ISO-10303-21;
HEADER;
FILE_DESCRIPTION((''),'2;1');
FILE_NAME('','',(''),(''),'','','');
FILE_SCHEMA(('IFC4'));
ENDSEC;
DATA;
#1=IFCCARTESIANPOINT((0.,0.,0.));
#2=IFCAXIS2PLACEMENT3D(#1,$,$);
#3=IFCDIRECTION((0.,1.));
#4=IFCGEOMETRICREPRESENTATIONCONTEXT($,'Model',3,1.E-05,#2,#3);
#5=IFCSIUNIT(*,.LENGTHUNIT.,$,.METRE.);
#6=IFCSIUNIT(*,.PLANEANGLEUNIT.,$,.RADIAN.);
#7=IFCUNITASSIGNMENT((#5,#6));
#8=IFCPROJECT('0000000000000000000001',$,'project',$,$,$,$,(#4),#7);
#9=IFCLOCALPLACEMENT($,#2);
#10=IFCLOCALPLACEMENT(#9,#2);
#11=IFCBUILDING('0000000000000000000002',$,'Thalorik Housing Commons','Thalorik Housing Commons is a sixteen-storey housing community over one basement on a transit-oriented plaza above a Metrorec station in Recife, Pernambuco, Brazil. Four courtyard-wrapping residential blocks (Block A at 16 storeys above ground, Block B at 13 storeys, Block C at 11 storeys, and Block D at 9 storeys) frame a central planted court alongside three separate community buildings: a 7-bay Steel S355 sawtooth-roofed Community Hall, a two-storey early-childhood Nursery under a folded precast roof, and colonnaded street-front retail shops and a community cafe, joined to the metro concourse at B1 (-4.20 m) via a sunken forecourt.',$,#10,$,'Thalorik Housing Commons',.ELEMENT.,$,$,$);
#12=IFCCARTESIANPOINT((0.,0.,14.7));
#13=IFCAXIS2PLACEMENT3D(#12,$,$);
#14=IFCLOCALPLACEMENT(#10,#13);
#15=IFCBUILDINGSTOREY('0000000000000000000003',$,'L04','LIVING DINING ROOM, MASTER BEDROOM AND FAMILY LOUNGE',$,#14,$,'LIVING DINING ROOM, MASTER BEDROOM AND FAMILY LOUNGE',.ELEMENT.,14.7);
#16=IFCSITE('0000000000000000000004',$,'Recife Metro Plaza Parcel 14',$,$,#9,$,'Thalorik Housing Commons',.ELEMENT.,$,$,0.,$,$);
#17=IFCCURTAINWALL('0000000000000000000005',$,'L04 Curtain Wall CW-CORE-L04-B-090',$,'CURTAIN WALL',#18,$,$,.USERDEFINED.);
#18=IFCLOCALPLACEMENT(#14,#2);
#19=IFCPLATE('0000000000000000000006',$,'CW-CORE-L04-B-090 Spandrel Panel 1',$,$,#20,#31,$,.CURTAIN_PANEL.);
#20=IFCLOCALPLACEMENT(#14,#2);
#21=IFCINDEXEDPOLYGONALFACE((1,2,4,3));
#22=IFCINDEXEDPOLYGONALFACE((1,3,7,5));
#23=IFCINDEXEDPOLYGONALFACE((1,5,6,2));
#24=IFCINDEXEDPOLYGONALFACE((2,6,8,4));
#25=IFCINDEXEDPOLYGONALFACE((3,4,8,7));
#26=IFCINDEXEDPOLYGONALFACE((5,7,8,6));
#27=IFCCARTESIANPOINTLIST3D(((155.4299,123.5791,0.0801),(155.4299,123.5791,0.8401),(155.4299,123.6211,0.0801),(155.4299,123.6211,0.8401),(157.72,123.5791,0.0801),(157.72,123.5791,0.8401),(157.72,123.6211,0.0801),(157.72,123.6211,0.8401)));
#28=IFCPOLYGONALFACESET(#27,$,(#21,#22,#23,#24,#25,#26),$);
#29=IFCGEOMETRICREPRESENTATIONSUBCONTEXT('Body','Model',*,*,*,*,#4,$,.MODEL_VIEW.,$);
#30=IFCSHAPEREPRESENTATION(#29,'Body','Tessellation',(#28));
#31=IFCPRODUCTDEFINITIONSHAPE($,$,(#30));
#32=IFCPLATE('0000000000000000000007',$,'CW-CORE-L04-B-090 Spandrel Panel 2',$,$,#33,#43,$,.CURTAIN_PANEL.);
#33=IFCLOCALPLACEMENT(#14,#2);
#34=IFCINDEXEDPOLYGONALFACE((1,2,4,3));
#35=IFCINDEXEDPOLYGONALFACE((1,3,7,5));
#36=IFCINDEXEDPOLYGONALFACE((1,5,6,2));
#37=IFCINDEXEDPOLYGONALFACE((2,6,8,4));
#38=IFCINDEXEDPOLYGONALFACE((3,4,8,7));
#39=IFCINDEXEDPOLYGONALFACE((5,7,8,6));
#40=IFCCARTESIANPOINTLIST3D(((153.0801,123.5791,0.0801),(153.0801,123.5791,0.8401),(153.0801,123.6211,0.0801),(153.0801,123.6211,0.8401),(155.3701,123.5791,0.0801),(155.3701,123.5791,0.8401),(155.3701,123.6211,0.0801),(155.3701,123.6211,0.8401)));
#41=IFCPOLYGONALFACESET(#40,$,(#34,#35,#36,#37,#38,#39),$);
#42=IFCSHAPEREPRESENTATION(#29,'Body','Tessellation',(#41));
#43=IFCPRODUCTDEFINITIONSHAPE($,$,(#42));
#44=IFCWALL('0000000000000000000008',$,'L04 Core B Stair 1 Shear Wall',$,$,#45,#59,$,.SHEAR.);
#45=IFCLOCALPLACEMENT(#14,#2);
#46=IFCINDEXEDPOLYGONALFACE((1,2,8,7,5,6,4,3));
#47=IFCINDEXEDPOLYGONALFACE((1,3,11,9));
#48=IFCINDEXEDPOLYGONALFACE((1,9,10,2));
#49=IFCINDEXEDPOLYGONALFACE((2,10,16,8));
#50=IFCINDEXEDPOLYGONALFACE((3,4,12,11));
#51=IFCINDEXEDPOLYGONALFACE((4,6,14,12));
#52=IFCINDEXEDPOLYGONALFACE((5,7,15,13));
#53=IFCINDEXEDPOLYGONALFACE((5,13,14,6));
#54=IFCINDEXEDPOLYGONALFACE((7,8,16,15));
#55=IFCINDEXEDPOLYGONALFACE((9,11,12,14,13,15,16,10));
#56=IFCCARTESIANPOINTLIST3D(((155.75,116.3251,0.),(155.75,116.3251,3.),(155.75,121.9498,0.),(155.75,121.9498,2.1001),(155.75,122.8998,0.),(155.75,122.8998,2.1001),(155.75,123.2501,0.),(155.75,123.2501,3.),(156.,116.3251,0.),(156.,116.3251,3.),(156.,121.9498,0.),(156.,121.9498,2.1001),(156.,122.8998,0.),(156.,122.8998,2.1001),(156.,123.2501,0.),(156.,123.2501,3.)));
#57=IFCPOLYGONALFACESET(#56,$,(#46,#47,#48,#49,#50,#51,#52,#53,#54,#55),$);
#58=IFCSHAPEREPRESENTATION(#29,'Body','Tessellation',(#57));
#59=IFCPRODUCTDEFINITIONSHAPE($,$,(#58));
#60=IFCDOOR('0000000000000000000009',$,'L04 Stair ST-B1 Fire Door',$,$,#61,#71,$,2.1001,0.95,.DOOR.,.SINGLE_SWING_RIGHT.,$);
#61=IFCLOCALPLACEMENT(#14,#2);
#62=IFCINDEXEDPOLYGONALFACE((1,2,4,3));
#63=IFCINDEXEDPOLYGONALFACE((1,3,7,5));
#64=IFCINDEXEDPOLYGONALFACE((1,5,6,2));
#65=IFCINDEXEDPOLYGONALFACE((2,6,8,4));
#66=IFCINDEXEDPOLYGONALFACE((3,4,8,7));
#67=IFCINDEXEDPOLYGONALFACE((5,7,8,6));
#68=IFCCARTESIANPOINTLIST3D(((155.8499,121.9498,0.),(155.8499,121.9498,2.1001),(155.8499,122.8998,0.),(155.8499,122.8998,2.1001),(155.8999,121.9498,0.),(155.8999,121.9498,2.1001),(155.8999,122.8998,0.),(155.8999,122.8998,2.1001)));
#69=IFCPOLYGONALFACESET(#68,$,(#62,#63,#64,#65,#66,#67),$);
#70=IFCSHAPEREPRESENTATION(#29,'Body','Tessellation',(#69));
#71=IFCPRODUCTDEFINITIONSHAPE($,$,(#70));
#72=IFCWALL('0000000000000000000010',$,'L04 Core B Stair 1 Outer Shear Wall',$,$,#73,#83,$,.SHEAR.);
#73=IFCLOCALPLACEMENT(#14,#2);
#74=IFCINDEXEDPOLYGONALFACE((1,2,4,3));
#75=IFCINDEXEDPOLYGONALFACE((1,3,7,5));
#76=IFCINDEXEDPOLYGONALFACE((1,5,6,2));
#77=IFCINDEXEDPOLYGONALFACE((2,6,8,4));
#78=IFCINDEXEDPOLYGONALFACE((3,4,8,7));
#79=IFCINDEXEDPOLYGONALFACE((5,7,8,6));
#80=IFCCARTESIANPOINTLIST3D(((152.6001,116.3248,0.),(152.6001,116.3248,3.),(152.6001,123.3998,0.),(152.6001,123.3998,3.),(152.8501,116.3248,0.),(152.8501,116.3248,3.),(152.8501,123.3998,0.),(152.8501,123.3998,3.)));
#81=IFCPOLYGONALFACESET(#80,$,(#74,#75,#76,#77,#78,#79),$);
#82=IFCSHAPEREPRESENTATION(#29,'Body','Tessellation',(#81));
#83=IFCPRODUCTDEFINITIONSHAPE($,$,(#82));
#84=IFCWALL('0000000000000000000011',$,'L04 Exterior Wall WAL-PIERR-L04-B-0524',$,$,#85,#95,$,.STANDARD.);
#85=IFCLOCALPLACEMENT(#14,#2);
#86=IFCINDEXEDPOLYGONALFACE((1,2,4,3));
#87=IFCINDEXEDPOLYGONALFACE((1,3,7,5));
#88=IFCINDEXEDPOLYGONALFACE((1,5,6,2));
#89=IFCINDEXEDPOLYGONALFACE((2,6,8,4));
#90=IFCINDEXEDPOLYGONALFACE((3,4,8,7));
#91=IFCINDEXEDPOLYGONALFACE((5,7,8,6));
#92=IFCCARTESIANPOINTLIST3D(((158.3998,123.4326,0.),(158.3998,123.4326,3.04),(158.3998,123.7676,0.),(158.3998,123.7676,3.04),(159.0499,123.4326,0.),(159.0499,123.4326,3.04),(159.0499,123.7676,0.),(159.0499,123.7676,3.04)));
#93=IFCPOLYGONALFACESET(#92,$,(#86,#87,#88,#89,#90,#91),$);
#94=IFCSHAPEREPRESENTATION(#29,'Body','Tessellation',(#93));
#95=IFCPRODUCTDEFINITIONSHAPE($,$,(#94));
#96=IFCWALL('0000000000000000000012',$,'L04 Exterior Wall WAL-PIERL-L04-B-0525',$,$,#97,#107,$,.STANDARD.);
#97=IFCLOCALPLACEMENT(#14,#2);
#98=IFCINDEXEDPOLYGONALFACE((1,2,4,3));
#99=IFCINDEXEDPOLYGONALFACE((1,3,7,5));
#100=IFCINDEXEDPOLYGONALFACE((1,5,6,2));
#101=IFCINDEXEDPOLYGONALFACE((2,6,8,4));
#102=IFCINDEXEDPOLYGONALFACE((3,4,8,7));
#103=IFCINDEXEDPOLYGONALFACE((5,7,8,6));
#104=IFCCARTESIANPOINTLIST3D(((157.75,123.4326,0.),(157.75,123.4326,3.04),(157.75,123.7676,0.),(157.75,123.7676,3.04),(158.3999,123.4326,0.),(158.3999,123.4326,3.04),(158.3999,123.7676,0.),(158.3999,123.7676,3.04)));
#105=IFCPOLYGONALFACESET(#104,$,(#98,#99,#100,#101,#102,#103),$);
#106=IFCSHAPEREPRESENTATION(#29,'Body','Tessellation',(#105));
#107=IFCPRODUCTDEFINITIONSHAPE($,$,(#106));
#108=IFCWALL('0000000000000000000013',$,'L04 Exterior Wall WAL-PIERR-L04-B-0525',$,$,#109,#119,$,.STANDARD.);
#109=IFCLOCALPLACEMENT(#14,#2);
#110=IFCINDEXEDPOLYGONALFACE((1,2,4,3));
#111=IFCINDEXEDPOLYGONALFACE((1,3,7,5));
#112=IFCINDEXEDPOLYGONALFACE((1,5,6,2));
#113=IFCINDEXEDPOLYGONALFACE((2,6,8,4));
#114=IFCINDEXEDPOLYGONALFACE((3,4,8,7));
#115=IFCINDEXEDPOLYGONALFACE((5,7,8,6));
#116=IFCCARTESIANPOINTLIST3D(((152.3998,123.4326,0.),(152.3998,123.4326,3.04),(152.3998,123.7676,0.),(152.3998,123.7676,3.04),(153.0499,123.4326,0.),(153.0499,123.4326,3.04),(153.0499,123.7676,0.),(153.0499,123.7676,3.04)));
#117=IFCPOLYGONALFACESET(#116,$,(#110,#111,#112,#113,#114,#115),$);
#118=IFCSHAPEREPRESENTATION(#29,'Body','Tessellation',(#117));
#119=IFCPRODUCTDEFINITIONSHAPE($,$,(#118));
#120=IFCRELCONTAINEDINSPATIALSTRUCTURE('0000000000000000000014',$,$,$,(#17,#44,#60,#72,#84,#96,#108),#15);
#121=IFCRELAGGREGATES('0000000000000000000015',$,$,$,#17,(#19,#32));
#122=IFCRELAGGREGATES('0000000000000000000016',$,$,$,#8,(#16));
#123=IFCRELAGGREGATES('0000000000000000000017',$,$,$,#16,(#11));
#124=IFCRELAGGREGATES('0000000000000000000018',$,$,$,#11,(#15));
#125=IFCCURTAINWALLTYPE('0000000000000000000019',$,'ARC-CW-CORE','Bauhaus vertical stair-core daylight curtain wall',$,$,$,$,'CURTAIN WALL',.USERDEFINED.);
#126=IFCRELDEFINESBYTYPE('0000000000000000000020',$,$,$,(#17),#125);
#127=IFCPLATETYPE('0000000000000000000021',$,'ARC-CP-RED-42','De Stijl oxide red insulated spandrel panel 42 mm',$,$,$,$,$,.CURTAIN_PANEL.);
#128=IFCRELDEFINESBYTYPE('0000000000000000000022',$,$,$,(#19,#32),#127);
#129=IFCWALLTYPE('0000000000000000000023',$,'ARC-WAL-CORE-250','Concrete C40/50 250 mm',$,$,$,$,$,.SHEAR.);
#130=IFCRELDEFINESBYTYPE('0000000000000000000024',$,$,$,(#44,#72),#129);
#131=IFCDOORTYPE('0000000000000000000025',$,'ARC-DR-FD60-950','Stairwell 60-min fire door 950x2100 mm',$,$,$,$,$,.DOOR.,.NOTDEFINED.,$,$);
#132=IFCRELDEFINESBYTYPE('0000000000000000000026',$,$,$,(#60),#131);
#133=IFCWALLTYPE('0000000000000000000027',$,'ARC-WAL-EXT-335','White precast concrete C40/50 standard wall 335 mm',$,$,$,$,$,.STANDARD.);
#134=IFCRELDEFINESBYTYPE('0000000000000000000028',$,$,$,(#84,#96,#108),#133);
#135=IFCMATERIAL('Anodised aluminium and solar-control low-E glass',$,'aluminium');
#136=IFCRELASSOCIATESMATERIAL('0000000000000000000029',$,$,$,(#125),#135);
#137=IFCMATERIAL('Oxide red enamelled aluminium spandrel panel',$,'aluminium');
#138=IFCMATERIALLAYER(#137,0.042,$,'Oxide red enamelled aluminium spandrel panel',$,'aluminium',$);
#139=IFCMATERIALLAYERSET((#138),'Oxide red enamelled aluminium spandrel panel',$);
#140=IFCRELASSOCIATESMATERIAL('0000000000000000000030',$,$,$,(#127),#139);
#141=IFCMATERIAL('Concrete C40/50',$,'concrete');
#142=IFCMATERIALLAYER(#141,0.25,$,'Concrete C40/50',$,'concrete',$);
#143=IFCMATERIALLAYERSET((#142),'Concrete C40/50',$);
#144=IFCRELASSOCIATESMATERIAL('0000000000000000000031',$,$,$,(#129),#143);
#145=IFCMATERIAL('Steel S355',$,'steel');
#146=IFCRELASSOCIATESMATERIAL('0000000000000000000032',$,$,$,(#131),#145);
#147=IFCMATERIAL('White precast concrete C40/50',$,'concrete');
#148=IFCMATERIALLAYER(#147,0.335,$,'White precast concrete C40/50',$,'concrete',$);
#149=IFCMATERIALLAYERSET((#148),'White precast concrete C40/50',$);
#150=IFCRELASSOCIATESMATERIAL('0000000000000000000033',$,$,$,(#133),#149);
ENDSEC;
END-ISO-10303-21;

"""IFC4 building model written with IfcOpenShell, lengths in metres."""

from ifc_helpers import new_model, si_unit, direction, frame, frame_2d, origin, origin_2d, place, context, subcontext, project, spatial, rectangle, extrude, material, layer, layer_set, type_object, element, fill, aggregate, save


model = new_model("IFC4")

# Units and contexts
model_context = context("Model", 3, precision=1e-05, world=origin(), true_north=direction((0.0, 1.0)))
body_context = subcontext(model_context, "Body", "Model", "MODEL_VIEW")
ifc_project = project(units=[si_unit("LENGTHUNIT", "METRE"), si_unit("PLANEANGLEUNIT", "RADIAN")], contexts=[model_context])

# Site, building, storey
site_placement = place(None, origin())
site = spatial("IfcSite", under=ifc_project, at=site_placement, Name="Recife Metro Plaza Parcel 14", LongName="Thalorik Housing Commons", CompositionType="ELEMENT", RefElevation=0.0)
building_placement = place(site_placement, origin())
building = spatial("IfcBuilding", under=site, at=building_placement, Name="Thalorik Housing Commons", Description="Thalorik Housing Commons is a sixteen-storey housing community over one basement on a transit-oriented plaza above a Metrorec station in Recife, Pernambuco, Brazil. Four courtyard-wrapping residential blocks (Block A at 16 storeys above ground, Block B at 13 storeys, Block C at 11 storeys, and Block D at 9 storeys) frame a central planted court alongside three separate community buildings: a 7-bay Steel S355 sawtooth-roofed Community Hall, a two-storey early-childhood Nursery under a folded precast roof, and colonnaded street-front retail shops and a community cafe, joined to the metro concourse at B1 (-4.20 m) via a sunken forecourt.", LongName="Thalorik Housing Commons", CompositionType="ELEMENT")
storey_placement = place(building_placement, frame((0.0, 0.0, 14.7)))
storey = spatial("IfcBuildingStorey", under=building, at=storey_placement, Name="L04", Description="LIVING DINING ROOM, MASTER BEDROOM AND FAMILY LOUNGE", LongName="LIVING DINING ROOM, MASTER BEDROOM AND FAMILY LOUNGE", CompositionType="ELEMENT", Elevation=14.7)

# Shared definitions
ifc_material_1 = material(Name="Anodised aluminium and solar-control low-E glass", Category="aluminium")
curtain_wall_type = type_object("IfcCurtainWallType", Name="ARC-CW-CORE", Description="Bauhaus vertical stair-core daylight curtain wall", ElementType="CURTAIN WALL", PredefinedType="USERDEFINED", material=ifc_material_1)

# Curtain wall
curtain_wall_1_placement = place(storey_placement, origin())
curtain_wall_1 = element("IfcCurtainWall", 1, at=curtain_wall_1_placement, inside=storey, type_object=curtain_wall_type, Name="L04 Curtain Wall CW-CORE-L04-B-090", ObjectType="CURTAIN WALL", PredefinedType="USERDEFINED")

# Plates
ifc_material_2 = material(Name="Oxide red enamelled aluminium spandrel panel", Category="aluminium")
ifc_layer_1 = layer(ifc_material_2, 0.042, Name="Oxide red enamelled aluminium spandrel panel", Category="aluminium")
ifc_layer_set_1 = layer_set([ifc_layer_1], Name="Oxide red enamelled aluminium spandrel panel")
plate_type_1 = type_object("IfcPlateType", Name="ARC-CP-RED-42", Description="De Stijl oxide red insulated spandrel panel 42 mm", PredefinedType="CURTAIN_PANEL", material=ifc_layer_set_1)
plate_1_placement = place(storey_placement, frame((156.575, 123.6001, 0.0801), z_axis=(0.0, 0.0, 1.0), x_axis=(-1.0, 0.0, 0.0)))
plate_1 = element("IfcPlate", 2, at=plate_1_placement, type_object=plate_type_1, Name="CW-CORE-L04-B-090 Spandrel Panel 1", PredefinedType="CURTAIN_PANEL", context=body_context, shape_type="SweptSolid", body=[
    extrude(rectangle(XDim=2.29, YDim=0.042, at=origin_2d()), origin(), (0.0, 0.0, 1.0), 0.76),
])
plate_2_placement = place(storey_placement, frame((154.2251, 123.6001, 0.0801), z_axis=(0.0, 0.0, 1.0), x_axis=(-1.0, 0.0, 0.0)))
plate_2 = element("IfcPlate", 3, at=plate_2_placement, type_object=plate_type_1, Name="CW-CORE-L04-B-090 Spandrel Panel 2", PredefinedType="CURTAIN_PANEL", context=body_context, shape_type="SweptSolid", body=[
    extrude(rectangle(XDim=2.29, YDim=0.042, at=origin_2d()), origin(), (0.0, 0.0, 1.0), 0.76),
])
aggregate(curtain_wall_1, [plate_1, plate_2])

# Wall, opening, door
ifc_material_3 = material(Name="Concrete C40/50", Category="concrete")
ifc_layer_2 = layer(ifc_material_3, 0.25, Name="Concrete C40/50", Category="concrete")
ifc_layer_set_2 = layer_set([ifc_layer_2], Name="Concrete C40/50")
wall_type_1 = type_object("IfcWallType", Name="ARC-WAL-CORE-250", Description="Concrete C40/50 250 mm", PredefinedType="SHEAR", material=ifc_layer_set_2)
wall_1_placement = place(storey_placement, frame((155.875, 123.25, 0.0), z_axis=(0.0, 0.0, 1.0), x_axis=(0.0, -1.0, 0.0)))
wall_1 = element("IfcWall", 4, at=wall_1_placement, inside=storey, type_object=wall_type_1, Name="L04 Core B Stair 1 Shear Wall", PredefinedType="SHEAR", context=body_context, shape_type="SweptSolid", body=[
    extrude(rectangle(XDim=6.925, YDim=0.25, at=frame_2d((3.4624, 0.0))), origin(), (0.0, 0.0, 1.0), 3.0),
])
opening_1_placement = place(wall_1_placement, frame((0.3501, 0.0, 0.0)))
opening_1 = element("IfcOpeningElement", 5, at=opening_1_placement, cuts=wall_1, PredefinedType="OPENING", context=body_context, shape_type="SweptSolid", body=[
    extrude(rectangle(XDim=0.95, YDim=2.1001, at=frame_2d((0.4751, 1.05))), frame((0.0, 0.135, 0.0), z_axis=(0.0, -1.0, 0.0), x_axis=(1.0, 0.0, 0.0)), (0.0, 0.0, 1.0), 0.27),
])
ifc_material_4 = material(Name="Steel S355", Category="steel")
door_type_1 = type_object("IfcDoorType", Name="ARC-DR-FD60-950", Description="Stairwell 60-min fire door 950x2100 mm", OperationType="NOTDEFINED", PredefinedType="DOOR", material=ifc_material_4)
door_1_placement = place(opening_1_placement, origin())
door_1 = element("IfcDoor", 6, at=door_1_placement, inside=storey, type_object=door_type_1, Name="L04 Stair ST-B1 Fire Door", OperationType="SINGLE_SWING_RIGHT", OverallHeight=2.1001, OverallWidth=0.95, PredefinedType="DOOR", context=body_context, shape_type="SweptSolid", body=[
    extrude(rectangle(XDim=0.95, YDim=2.1001, at=frame_2d((0.4751, 1.05))), frame((0.0, 0.0249, 0.0), z_axis=(0.0, -1.0, 0.0), x_axis=(1.0, 0.0, 0.0)), (0.0, 0.0, 1.0), 0.05),
])
fill(opening_1, door_1)

# Walls
wall_2_placement = place(storey_placement, frame((152.7251, 123.3999, 0.0), z_axis=(0.0, 0.0, 1.0), x_axis=(0.0, -1.0, 0.0)))
element("IfcWall", 7, at=wall_2_placement, inside=storey, type_object=wall_type_1, Name="L04 Core B Stair 1 Outer Shear Wall", PredefinedType="SHEAR", context=body_context, shape_type="SweptSolid", body=[
    extrude(rectangle(XDim=7.075, YDim=0.25, at=frame_2d((3.5376, 0.0))), origin(), (0.0, 0.0, 1.0), 3.0),
])
ifc_material_5 = material(Name="White precast concrete C40/50", Category="concrete")
ifc_layer_3 = layer(ifc_material_5, 0.335, Name="White precast concrete C40/50", Category="concrete")
ifc_layer_set_3 = layer_set([ifc_layer_3], Name="White precast concrete C40/50")
wall_type_2 = type_object("IfcWallType", Name="ARC-WAL-EXT-335", Description="White precast concrete C40/50 standard wall 335 mm", PredefinedType="STANDARD", material=ifc_layer_set_3)
wall_3_placement = place(storey_placement, frame((159.05, 123.6001, 0.0), z_axis=(0.0, 0.0, 1.0), x_axis=(-1.0, 0.0, 0.0)))
element("IfcWall", 8, at=wall_3_placement, inside=storey, type_object=wall_type_2, Name="L04 Exterior Wall WAL-PIERR-L04-B-0524", PredefinedType="STANDARD", context=body_context, shape_type="SweptSolid", body=[
    extrude(rectangle(XDim=0.6501, YDim=0.335, at=frame_2d((0.3252, 0.0))), origin(), (0.0, 0.0, 1.0), 3.04),
])
wall_4_placement = place(storey_placement, frame((158.3999, 123.6001, 0.0), z_axis=(0.0, 0.0, 1.0), x_axis=(-1.0, 0.0, 0.0)))
element("IfcWall", 9, at=wall_4_placement, inside=storey, type_object=wall_type_2, Name="L04 Exterior Wall WAL-PIERL-L04-B-0525", PredefinedType="STANDARD", context=body_context, shape_type="SweptSolid", body=[
    extrude(rectangle(XDim=0.6499, YDim=0.335, at=frame_2d((0.325, 0.0))), origin(), (0.0, 0.0, 1.0), 3.04),
])
wall_5_placement = place(storey_placement, frame((153.05, 123.6001, 0.0), z_axis=(0.0, 0.0, 1.0), x_axis=(-1.0, 0.0, 0.0)))
element("IfcWall", 10, at=wall_5_placement, inside=storey, type_object=wall_type_2, Name="L04 Exterior Wall WAL-PIERR-L04-B-0525", PredefinedType="STANDARD", context=body_context, shape_type="SweptSolid", body=[
    extrude(rectangle(XDim=0.6501, YDim=0.335, at=frame_2d((0.3252, 0.0))), origin(), (0.0, 0.0, 1.0), 3.04),
])

save(model, "model.ifc")
